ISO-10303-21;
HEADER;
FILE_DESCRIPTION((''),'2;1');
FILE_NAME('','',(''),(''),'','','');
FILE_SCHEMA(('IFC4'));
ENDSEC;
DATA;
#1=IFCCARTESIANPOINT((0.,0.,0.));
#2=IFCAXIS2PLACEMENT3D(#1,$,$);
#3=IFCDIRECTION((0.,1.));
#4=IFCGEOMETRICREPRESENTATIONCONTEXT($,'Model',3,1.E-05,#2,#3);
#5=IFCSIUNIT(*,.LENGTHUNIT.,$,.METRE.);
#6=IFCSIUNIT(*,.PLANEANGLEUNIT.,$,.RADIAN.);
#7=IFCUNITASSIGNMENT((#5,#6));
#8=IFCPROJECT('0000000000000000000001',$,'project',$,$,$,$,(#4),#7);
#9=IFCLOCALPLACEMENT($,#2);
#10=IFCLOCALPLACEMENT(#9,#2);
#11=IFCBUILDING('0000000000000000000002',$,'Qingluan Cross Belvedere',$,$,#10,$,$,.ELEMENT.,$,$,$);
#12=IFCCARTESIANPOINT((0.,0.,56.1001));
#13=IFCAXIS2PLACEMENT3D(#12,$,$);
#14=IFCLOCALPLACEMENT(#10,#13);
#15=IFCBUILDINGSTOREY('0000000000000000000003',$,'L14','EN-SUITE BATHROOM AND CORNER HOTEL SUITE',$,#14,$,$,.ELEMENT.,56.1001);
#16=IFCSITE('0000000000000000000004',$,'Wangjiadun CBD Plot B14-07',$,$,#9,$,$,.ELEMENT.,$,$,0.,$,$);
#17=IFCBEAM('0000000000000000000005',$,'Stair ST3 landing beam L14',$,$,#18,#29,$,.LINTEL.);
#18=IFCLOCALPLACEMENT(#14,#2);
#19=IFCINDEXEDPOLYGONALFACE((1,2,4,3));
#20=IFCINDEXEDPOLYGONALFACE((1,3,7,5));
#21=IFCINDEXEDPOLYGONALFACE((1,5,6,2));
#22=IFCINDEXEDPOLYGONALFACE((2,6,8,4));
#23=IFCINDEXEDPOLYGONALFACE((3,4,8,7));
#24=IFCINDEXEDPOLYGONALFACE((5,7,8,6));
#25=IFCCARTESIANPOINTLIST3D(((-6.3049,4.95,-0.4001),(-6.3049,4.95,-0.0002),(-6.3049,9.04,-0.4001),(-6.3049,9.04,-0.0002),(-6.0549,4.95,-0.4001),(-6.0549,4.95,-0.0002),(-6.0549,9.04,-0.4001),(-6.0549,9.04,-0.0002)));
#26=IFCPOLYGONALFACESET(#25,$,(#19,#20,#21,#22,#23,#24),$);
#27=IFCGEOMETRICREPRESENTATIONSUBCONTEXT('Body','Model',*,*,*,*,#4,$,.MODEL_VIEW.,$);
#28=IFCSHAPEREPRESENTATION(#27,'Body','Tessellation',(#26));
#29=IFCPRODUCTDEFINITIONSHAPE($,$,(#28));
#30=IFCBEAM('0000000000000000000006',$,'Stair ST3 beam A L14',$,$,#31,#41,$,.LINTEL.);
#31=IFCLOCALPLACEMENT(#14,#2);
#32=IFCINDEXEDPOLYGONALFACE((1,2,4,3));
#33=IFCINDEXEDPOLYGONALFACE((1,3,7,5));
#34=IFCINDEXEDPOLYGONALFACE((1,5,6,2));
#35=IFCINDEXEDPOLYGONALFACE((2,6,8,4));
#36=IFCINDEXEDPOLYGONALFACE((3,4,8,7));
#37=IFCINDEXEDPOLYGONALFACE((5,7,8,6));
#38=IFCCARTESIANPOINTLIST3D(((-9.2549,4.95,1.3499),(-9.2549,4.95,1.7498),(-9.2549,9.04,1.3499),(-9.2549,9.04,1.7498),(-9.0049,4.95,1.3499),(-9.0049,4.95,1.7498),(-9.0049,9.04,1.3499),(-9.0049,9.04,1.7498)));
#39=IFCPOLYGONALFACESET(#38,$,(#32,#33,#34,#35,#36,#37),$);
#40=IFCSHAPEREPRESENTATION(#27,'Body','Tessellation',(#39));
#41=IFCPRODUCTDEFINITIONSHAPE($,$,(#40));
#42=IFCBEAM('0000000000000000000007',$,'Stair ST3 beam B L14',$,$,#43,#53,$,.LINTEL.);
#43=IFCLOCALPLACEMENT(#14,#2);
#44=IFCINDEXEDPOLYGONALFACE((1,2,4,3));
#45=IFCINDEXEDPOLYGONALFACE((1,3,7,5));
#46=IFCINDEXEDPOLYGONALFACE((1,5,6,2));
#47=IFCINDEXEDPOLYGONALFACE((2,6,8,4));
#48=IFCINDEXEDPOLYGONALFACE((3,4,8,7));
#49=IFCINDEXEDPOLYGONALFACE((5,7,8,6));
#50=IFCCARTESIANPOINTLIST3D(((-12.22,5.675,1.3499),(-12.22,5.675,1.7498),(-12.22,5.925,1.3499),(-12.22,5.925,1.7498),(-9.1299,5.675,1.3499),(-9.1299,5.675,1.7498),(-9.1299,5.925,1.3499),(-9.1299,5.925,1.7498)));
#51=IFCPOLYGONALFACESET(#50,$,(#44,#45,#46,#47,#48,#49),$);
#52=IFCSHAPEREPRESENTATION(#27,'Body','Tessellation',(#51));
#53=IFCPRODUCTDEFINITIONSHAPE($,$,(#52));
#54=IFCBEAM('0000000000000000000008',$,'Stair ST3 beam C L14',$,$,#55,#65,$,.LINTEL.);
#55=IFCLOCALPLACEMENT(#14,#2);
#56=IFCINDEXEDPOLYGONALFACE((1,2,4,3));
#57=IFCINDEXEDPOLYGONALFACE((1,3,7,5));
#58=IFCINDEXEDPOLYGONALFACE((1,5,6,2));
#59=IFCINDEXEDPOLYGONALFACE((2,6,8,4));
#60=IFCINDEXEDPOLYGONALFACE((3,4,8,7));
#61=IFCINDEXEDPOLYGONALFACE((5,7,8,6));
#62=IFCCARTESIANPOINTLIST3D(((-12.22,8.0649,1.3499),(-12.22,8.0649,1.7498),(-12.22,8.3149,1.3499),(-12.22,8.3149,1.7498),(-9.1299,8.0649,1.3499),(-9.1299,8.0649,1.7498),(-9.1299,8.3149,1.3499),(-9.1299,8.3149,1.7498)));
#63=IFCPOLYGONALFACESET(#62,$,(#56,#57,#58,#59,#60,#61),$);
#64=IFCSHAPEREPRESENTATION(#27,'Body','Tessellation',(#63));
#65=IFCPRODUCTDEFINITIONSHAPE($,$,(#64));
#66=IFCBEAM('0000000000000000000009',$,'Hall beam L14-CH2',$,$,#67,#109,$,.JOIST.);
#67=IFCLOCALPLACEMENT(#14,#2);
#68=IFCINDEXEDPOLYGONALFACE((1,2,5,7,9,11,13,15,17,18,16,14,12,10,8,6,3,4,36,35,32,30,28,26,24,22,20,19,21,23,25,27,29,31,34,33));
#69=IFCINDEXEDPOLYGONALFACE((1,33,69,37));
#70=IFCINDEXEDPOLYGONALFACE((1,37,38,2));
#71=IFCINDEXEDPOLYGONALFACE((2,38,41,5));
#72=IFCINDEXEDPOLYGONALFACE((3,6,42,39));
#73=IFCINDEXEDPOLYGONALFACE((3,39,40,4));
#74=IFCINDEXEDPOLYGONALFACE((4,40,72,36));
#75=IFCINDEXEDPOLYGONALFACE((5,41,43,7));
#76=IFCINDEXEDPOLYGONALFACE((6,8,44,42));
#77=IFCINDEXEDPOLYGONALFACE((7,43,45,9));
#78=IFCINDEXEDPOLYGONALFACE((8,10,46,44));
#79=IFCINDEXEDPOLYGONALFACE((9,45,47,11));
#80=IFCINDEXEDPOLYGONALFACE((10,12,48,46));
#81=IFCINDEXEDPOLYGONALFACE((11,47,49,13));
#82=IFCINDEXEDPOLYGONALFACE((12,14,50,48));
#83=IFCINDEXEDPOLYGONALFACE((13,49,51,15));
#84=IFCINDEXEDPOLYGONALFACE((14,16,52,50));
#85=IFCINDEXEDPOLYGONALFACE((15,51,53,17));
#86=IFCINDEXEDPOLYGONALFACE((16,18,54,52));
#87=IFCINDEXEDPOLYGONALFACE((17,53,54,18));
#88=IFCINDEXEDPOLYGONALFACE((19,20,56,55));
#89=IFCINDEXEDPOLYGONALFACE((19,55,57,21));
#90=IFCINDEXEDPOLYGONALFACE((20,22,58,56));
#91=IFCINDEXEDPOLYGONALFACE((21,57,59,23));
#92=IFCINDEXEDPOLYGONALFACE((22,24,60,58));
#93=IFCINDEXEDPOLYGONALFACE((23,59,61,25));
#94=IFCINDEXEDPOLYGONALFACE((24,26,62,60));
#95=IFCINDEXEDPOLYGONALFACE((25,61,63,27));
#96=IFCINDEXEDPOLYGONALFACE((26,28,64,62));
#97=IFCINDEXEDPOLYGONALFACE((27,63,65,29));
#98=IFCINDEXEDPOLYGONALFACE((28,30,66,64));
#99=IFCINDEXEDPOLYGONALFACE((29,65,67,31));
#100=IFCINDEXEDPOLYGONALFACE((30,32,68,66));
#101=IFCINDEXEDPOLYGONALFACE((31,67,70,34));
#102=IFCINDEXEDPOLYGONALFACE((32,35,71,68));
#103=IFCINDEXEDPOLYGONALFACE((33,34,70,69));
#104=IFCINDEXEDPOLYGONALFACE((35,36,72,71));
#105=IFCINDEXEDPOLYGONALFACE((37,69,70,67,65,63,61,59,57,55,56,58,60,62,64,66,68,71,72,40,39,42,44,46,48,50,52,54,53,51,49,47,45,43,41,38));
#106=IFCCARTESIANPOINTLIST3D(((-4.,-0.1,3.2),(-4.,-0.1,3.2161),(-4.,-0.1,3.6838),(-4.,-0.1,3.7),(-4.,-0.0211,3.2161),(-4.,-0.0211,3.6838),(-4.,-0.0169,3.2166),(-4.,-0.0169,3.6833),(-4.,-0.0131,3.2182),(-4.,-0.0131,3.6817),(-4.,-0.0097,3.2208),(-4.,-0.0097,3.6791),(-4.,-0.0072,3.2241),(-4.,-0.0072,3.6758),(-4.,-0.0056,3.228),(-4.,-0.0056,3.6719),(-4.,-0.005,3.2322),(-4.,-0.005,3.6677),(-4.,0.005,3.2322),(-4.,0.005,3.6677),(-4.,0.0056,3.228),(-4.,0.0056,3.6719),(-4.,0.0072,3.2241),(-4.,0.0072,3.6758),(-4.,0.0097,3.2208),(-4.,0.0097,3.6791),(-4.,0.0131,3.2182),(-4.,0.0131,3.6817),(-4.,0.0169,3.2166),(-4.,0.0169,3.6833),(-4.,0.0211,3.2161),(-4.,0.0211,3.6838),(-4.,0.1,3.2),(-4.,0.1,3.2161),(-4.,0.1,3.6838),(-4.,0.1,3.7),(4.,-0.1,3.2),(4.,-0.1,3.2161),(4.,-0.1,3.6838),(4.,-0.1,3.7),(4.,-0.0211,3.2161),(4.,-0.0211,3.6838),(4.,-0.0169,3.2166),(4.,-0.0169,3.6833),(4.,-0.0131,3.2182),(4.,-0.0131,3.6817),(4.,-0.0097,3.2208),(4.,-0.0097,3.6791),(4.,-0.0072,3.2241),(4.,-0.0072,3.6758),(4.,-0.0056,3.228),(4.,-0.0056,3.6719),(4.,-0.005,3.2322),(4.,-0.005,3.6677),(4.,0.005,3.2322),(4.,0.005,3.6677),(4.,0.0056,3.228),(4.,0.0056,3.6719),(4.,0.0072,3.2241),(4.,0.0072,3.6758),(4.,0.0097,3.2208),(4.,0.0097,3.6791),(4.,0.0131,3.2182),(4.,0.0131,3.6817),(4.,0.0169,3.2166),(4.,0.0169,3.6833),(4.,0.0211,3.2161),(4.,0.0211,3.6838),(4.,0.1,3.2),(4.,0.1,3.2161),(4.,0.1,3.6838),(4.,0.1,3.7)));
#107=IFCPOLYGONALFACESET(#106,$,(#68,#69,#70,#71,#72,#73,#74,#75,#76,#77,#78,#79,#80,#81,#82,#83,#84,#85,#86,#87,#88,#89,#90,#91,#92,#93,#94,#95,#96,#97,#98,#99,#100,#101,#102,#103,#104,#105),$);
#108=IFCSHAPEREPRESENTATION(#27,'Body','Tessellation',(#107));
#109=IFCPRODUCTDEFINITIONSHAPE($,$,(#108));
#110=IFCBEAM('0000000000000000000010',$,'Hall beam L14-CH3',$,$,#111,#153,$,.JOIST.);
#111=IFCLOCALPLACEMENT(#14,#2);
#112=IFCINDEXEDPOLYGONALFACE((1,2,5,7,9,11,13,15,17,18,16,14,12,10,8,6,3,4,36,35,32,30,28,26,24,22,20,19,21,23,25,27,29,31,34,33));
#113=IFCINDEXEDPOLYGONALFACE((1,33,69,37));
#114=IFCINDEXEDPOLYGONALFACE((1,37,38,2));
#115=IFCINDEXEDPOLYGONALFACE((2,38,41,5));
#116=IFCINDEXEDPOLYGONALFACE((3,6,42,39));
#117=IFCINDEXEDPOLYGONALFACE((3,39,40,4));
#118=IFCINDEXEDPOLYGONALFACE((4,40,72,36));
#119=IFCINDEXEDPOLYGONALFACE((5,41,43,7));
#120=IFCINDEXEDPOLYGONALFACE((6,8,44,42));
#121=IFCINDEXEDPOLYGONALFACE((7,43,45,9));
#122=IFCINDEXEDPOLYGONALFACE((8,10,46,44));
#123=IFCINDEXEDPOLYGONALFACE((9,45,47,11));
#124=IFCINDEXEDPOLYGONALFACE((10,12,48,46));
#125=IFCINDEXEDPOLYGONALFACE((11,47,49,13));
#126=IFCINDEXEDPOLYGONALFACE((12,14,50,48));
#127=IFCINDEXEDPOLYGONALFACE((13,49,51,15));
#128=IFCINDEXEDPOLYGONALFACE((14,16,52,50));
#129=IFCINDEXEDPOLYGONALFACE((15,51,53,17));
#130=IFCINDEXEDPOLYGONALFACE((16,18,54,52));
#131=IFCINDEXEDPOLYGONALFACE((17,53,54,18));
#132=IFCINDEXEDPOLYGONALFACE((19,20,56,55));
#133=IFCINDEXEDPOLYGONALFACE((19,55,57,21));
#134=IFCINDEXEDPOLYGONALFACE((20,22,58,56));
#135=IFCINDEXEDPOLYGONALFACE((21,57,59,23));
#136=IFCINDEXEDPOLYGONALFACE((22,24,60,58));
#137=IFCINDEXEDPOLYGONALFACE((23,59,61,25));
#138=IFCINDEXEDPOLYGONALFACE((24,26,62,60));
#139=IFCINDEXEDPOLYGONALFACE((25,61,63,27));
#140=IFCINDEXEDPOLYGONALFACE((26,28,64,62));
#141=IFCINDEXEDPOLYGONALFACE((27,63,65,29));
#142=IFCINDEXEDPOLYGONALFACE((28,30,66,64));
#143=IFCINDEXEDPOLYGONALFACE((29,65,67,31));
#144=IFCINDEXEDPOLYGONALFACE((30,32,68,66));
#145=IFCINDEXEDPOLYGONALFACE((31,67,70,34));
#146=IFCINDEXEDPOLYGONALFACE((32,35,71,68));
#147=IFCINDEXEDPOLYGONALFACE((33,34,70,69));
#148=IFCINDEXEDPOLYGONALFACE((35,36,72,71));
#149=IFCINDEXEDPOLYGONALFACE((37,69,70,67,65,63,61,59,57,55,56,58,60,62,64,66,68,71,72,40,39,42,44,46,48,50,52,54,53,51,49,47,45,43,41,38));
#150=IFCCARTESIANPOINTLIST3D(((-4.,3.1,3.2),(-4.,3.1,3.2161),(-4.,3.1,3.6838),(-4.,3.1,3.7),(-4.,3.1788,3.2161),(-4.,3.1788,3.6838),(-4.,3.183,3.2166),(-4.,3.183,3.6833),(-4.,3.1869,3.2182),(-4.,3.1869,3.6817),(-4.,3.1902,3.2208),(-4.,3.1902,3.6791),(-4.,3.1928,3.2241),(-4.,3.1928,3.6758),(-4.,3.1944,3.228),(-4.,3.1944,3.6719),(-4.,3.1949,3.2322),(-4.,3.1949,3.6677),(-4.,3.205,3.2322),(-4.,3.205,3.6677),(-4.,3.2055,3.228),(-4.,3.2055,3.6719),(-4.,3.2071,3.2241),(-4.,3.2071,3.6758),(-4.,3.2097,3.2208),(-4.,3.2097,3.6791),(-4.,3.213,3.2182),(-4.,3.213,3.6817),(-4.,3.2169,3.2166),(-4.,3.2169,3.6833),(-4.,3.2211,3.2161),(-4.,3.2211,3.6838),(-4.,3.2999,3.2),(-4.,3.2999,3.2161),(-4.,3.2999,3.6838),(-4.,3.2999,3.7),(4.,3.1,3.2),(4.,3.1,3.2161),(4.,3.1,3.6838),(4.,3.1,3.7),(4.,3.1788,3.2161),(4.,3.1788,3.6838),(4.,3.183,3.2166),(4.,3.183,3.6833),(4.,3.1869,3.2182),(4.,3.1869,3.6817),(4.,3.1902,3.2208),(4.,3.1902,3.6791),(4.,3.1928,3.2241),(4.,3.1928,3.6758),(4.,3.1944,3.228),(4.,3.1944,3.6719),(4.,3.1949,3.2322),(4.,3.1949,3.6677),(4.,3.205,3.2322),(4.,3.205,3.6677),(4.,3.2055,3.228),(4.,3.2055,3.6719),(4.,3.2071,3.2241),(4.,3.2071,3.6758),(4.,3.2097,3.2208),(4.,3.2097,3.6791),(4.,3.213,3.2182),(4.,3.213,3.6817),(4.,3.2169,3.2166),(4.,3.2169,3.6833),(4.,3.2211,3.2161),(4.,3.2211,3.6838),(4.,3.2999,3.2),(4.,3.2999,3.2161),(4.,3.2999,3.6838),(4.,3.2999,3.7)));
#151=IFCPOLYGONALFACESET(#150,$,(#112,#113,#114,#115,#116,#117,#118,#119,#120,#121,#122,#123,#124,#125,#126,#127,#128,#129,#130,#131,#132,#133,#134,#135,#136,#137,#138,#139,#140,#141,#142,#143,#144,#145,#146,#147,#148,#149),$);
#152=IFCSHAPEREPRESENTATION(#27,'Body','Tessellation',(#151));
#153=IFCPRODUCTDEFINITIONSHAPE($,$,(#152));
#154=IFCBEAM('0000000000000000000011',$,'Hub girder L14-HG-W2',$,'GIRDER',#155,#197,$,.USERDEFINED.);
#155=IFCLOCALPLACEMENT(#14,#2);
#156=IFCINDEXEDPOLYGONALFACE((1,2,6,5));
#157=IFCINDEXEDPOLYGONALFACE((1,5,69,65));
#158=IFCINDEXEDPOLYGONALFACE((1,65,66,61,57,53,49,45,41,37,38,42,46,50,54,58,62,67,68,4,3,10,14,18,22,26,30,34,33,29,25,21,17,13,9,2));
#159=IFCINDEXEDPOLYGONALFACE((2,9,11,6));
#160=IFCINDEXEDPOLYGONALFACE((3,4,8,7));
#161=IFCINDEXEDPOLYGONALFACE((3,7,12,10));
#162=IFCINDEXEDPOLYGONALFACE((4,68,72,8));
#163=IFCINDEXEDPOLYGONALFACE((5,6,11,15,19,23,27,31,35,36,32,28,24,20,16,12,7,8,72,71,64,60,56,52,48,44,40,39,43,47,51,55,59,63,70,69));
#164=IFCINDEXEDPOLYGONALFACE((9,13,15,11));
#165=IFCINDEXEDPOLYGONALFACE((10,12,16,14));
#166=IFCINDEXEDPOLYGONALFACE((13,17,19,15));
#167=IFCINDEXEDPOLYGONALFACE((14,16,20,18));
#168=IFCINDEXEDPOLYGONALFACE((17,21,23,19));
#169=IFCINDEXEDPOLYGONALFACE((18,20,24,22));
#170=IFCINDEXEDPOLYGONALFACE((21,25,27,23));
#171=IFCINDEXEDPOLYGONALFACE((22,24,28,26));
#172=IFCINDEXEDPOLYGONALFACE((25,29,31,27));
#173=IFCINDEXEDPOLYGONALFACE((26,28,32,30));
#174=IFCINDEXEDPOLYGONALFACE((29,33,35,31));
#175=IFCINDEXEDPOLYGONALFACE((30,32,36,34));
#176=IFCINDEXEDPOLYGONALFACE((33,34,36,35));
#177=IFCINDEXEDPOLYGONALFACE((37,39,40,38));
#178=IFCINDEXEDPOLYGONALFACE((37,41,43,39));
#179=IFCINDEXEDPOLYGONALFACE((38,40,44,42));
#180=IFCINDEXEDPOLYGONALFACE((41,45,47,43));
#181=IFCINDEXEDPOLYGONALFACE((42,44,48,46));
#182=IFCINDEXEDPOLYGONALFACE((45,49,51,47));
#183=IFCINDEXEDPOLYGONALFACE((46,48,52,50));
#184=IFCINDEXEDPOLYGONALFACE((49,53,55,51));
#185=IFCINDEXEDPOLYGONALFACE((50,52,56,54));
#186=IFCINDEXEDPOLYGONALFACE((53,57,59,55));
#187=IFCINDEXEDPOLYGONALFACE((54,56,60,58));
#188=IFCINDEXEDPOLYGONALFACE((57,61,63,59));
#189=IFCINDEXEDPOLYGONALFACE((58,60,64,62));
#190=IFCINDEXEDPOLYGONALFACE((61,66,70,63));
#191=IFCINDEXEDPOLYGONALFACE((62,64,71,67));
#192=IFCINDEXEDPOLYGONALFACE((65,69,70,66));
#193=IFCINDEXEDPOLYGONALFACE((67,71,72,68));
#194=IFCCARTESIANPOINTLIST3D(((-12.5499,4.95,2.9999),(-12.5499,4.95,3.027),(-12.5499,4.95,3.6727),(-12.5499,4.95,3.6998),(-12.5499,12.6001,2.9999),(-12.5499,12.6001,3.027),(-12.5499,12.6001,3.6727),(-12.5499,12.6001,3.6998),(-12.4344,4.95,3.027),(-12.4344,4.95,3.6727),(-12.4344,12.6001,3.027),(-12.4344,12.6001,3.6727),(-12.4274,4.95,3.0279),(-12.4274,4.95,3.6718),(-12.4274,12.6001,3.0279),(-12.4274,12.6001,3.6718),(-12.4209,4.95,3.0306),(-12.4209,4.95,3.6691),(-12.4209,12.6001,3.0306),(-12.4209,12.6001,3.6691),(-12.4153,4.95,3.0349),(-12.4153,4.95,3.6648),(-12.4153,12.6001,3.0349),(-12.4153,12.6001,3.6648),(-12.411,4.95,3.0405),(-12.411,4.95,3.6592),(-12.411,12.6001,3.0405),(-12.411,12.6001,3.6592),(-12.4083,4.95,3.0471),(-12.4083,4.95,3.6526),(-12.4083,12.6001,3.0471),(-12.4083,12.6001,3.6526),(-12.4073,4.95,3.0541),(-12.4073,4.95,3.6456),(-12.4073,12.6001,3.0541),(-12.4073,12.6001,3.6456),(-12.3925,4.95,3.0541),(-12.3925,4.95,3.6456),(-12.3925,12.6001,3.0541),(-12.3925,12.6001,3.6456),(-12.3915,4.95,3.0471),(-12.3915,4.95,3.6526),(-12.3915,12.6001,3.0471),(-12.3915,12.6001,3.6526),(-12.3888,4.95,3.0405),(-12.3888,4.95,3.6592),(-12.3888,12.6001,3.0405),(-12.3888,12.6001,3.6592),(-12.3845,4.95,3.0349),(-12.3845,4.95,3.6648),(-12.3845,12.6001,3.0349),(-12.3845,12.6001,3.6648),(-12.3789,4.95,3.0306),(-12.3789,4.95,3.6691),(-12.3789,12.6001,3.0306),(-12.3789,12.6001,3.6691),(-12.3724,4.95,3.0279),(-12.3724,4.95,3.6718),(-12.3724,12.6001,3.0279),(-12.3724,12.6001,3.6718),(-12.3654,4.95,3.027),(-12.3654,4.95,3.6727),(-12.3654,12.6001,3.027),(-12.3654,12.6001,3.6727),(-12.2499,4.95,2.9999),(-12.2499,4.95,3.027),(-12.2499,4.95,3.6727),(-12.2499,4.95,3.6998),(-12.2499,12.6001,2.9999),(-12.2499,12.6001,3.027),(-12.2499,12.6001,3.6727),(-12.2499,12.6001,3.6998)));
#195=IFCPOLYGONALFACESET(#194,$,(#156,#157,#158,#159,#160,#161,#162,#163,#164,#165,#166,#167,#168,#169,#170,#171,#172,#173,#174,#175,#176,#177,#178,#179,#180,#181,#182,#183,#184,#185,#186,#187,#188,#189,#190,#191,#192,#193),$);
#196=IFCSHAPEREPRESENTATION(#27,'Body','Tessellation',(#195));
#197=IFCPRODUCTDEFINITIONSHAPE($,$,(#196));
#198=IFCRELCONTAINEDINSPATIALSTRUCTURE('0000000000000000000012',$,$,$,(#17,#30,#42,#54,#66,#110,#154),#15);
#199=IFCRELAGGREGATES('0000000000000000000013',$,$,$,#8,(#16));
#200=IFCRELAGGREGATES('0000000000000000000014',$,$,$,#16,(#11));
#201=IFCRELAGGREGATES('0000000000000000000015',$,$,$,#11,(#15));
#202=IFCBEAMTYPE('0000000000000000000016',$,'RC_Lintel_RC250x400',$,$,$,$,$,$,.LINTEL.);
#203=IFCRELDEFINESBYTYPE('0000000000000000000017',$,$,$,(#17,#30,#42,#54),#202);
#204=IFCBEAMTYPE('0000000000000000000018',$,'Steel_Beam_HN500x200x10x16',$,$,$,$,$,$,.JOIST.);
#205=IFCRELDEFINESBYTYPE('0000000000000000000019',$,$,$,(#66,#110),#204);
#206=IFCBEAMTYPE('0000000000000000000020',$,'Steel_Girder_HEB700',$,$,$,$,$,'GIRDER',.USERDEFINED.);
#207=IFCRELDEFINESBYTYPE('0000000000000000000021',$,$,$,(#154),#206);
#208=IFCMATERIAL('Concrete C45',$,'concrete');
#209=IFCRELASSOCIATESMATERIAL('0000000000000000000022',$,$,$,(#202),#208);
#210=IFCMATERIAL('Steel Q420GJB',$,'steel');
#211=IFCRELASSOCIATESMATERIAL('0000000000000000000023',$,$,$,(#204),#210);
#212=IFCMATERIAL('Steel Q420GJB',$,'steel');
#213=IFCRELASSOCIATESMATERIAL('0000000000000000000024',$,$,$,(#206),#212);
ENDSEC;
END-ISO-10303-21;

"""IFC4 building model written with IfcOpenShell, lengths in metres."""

from ifc_helpers import new_model, si_unit, direction, frame, origin, origin_2d, place, context, subcontext, project, spatial, rectangle, i_section, extrude, material, material_profile, profile_set, type_object, element, save


model = new_model("IFC4")

# Units and contexts
model_context = context("Model", 3, precision=1e-05, world=origin(), true_north=direction((0.0, 1.0)))
body_context = subcontext(model_context, "Body", "Model", "MODEL_VIEW")
ifc_project = project(units=[si_unit("LENGTHUNIT", "METRE"), si_unit("PLANEANGLEUNIT", "RADIAN")], contexts=[model_context])

# Site, building, storey
site_placement = place(None, origin())
site = spatial("IfcSite", under=ifc_project, at=site_placement, Name="Wangjiadun CBD Plot B14-07", CompositionType="ELEMENT", RefElevation=0.0)
building_placement = place(site_placement, origin())
building = spatial("IfcBuilding", under=site, at=building_placement, Name="Qingluan Cross Belvedere", CompositionType="ELEMENT")
storey_placement = place(building_placement, frame((0.0, 0.0, 56.1001)))
storey = spatial("IfcBuildingStorey", under=building, at=storey_placement, Name="L14", Description="EN-SUITE BATHROOM AND CORNER HOTEL SUITE", CompositionType="ELEMENT", Elevation=56.1001)

# Beams
ifc_material_1 = material(Name="Concrete C45", Category="concrete")
ifc_material_profile_1 = material_profile(ifc_material_1, rectangle(XDim=0.25, YDim=0.3999, at=origin_2d()), Name="RC250x400")
ifc_profile_set_1 = profile_set([ifc_material_profile_1], Name="Concrete C45")
beam_type_1 = type_object("IfcBeamType", Name="RC_Lintel_RC250x400", PredefinedType="LINTEL", material=ifc_profile_set_1)
for number, where, z_axis, x_axis, name in (
    (1, (-6.1799, 4.95, -0.2002), (0.0, 1.0, 0.0), (-1.0, 0.0, 0.0), "Stair ST3 landing beam L14"),
    (2, (-9.1299, 4.95, 1.5498), (0.0, 1.0, 0.0), (-1.0, 0.0, 0.0), "Stair ST3 beam A L14"),
):
    element("IfcBeam", number, at=place(storey_placement, frame(where, z_axis=z_axis, x_axis=x_axis)), inside=storey, type_object=beam_type_1, Name=name, PredefinedType="LINTEL", context=body_context, shape_type="SweptSolid", body=[
        extrude(rectangle(XDim=0.25, YDim=0.3999, at=origin_2d()), origin(), (0.0, 0.0, 1.0), 4.0901),
    ])
for number, where, z_axis, x_axis, name in (
    (3, (-12.22, 5.8, 1.5498), (1.0, 0.0, 0.0), (0.0, 1.0, 0.0), "Stair ST3 beam B L14"),
    (4, (-12.22, 8.1899, 1.5498), (1.0, 0.0, 0.0), (0.0, 1.0, 0.0), "Stair ST3 beam C L14"),
):
    element("IfcBeam", number, at=place(storey_placement, frame(where, z_axis=z_axis, x_axis=x_axis)), inside=storey, type_object=beam_type_1, Name=name, PredefinedType="LINTEL", context=body_context, shape_type="SweptSolid", body=[
        extrude(rectangle(XDim=0.25, YDim=0.3999, at=origin_2d()), origin(), (0.0, 0.0, 1.0), 3.0901),
    ])
ifc_material_2 = material(Name="Steel Q420GJB", Category="steel")
ifc_material_profile_2 = material_profile(ifc_material_2, i_section(OverallWidth=0.2, OverallDepth=0.5, WebThickness=0.01, FlangeThickness=0.0161, FilletRadius=0.0161, at=origin_2d()), Name="HN500x200x10x16")
ifc_profile_set_2 = profile_set([ifc_material_profile_2], Name="Steel Q420GJB")
beam_type_2 = type_object("IfcBeamType", Name="Steel_Beam_HN500x200x10x16", PredefinedType="JOIST", material=ifc_profile_set_2)
for number, where, z_axis, x_axis, name in (
    (5, (-4.0, 0.0, 3.45), (1.0, 0.0, 0.0), (0.0, 1.0, 0.0), "Hall beam L14-CH2"),
    (6, (-4.0, 3.2, 3.45), (1.0, 0.0, 0.0), (0.0, 1.0, 0.0), "Hall beam L14-CH3"),
):
    element("IfcBeam", number, at=place(storey_placement, frame(where, z_axis=z_axis, x_axis=x_axis)), inside=storey, type_object=beam_type_2, Name=name, PredefinedType="JOIST", context=body_context, shape_type="SweptSolid", body=[
        extrude(i_section(OverallWidth=0.2, OverallDepth=0.5, WebThickness=0.01, FlangeThickness=0.0161, FilletRadius=0.0161, at=origin_2d()), origin(), (0.0, 0.0, 1.0), 8.0),
    ])
ifc_material_3 = material(Name="Steel Q420GJB", Category="steel")
ifc_material_profile_3 = material_profile(ifc_material_3, i_section(OverallWidth=0.3, OverallDepth=0.7, WebThickness=0.0149, FlangeThickness=0.0271, FilletRadius=0.0271, at=origin_2d()), Name="HEB700")
ifc_profile_set_3 = profile_set([ifc_material_profile_3], Name="Steel Q420GJB")
beam_type_3 = type_object("IfcBeamType", Name="Steel_Girder_HEB700", ElementType="GIRDER", PredefinedType="USERDEFINED", material=ifc_profile_set_3)
beam_1_placement = place(storey_placement, frame((-12.3999, 4.95, 3.3499), z_axis=(0.0, 1.0, 0.0), x_axis=(-1.0, 0.0, 0.0)))
element("IfcBeam", 7, at=beam_1_placement, inside=storey, type_object=beam_type_3, Name="Hub girder L14-HG-W2", ObjectType="GIRDER", PredefinedType="USERDEFINED", context=body_context, shape_type="SweptSolid", body=[
    extrude(i_section(OverallWidth=0.3, OverallDepth=0.7, WebThickness=0.0149, FlangeThickness=0.0271, FilletRadius=0.0271, at=origin_2d()), origin(), (0.0, 0.0, 1.0), 7.6501),
])

save(model, "model.ifc")
